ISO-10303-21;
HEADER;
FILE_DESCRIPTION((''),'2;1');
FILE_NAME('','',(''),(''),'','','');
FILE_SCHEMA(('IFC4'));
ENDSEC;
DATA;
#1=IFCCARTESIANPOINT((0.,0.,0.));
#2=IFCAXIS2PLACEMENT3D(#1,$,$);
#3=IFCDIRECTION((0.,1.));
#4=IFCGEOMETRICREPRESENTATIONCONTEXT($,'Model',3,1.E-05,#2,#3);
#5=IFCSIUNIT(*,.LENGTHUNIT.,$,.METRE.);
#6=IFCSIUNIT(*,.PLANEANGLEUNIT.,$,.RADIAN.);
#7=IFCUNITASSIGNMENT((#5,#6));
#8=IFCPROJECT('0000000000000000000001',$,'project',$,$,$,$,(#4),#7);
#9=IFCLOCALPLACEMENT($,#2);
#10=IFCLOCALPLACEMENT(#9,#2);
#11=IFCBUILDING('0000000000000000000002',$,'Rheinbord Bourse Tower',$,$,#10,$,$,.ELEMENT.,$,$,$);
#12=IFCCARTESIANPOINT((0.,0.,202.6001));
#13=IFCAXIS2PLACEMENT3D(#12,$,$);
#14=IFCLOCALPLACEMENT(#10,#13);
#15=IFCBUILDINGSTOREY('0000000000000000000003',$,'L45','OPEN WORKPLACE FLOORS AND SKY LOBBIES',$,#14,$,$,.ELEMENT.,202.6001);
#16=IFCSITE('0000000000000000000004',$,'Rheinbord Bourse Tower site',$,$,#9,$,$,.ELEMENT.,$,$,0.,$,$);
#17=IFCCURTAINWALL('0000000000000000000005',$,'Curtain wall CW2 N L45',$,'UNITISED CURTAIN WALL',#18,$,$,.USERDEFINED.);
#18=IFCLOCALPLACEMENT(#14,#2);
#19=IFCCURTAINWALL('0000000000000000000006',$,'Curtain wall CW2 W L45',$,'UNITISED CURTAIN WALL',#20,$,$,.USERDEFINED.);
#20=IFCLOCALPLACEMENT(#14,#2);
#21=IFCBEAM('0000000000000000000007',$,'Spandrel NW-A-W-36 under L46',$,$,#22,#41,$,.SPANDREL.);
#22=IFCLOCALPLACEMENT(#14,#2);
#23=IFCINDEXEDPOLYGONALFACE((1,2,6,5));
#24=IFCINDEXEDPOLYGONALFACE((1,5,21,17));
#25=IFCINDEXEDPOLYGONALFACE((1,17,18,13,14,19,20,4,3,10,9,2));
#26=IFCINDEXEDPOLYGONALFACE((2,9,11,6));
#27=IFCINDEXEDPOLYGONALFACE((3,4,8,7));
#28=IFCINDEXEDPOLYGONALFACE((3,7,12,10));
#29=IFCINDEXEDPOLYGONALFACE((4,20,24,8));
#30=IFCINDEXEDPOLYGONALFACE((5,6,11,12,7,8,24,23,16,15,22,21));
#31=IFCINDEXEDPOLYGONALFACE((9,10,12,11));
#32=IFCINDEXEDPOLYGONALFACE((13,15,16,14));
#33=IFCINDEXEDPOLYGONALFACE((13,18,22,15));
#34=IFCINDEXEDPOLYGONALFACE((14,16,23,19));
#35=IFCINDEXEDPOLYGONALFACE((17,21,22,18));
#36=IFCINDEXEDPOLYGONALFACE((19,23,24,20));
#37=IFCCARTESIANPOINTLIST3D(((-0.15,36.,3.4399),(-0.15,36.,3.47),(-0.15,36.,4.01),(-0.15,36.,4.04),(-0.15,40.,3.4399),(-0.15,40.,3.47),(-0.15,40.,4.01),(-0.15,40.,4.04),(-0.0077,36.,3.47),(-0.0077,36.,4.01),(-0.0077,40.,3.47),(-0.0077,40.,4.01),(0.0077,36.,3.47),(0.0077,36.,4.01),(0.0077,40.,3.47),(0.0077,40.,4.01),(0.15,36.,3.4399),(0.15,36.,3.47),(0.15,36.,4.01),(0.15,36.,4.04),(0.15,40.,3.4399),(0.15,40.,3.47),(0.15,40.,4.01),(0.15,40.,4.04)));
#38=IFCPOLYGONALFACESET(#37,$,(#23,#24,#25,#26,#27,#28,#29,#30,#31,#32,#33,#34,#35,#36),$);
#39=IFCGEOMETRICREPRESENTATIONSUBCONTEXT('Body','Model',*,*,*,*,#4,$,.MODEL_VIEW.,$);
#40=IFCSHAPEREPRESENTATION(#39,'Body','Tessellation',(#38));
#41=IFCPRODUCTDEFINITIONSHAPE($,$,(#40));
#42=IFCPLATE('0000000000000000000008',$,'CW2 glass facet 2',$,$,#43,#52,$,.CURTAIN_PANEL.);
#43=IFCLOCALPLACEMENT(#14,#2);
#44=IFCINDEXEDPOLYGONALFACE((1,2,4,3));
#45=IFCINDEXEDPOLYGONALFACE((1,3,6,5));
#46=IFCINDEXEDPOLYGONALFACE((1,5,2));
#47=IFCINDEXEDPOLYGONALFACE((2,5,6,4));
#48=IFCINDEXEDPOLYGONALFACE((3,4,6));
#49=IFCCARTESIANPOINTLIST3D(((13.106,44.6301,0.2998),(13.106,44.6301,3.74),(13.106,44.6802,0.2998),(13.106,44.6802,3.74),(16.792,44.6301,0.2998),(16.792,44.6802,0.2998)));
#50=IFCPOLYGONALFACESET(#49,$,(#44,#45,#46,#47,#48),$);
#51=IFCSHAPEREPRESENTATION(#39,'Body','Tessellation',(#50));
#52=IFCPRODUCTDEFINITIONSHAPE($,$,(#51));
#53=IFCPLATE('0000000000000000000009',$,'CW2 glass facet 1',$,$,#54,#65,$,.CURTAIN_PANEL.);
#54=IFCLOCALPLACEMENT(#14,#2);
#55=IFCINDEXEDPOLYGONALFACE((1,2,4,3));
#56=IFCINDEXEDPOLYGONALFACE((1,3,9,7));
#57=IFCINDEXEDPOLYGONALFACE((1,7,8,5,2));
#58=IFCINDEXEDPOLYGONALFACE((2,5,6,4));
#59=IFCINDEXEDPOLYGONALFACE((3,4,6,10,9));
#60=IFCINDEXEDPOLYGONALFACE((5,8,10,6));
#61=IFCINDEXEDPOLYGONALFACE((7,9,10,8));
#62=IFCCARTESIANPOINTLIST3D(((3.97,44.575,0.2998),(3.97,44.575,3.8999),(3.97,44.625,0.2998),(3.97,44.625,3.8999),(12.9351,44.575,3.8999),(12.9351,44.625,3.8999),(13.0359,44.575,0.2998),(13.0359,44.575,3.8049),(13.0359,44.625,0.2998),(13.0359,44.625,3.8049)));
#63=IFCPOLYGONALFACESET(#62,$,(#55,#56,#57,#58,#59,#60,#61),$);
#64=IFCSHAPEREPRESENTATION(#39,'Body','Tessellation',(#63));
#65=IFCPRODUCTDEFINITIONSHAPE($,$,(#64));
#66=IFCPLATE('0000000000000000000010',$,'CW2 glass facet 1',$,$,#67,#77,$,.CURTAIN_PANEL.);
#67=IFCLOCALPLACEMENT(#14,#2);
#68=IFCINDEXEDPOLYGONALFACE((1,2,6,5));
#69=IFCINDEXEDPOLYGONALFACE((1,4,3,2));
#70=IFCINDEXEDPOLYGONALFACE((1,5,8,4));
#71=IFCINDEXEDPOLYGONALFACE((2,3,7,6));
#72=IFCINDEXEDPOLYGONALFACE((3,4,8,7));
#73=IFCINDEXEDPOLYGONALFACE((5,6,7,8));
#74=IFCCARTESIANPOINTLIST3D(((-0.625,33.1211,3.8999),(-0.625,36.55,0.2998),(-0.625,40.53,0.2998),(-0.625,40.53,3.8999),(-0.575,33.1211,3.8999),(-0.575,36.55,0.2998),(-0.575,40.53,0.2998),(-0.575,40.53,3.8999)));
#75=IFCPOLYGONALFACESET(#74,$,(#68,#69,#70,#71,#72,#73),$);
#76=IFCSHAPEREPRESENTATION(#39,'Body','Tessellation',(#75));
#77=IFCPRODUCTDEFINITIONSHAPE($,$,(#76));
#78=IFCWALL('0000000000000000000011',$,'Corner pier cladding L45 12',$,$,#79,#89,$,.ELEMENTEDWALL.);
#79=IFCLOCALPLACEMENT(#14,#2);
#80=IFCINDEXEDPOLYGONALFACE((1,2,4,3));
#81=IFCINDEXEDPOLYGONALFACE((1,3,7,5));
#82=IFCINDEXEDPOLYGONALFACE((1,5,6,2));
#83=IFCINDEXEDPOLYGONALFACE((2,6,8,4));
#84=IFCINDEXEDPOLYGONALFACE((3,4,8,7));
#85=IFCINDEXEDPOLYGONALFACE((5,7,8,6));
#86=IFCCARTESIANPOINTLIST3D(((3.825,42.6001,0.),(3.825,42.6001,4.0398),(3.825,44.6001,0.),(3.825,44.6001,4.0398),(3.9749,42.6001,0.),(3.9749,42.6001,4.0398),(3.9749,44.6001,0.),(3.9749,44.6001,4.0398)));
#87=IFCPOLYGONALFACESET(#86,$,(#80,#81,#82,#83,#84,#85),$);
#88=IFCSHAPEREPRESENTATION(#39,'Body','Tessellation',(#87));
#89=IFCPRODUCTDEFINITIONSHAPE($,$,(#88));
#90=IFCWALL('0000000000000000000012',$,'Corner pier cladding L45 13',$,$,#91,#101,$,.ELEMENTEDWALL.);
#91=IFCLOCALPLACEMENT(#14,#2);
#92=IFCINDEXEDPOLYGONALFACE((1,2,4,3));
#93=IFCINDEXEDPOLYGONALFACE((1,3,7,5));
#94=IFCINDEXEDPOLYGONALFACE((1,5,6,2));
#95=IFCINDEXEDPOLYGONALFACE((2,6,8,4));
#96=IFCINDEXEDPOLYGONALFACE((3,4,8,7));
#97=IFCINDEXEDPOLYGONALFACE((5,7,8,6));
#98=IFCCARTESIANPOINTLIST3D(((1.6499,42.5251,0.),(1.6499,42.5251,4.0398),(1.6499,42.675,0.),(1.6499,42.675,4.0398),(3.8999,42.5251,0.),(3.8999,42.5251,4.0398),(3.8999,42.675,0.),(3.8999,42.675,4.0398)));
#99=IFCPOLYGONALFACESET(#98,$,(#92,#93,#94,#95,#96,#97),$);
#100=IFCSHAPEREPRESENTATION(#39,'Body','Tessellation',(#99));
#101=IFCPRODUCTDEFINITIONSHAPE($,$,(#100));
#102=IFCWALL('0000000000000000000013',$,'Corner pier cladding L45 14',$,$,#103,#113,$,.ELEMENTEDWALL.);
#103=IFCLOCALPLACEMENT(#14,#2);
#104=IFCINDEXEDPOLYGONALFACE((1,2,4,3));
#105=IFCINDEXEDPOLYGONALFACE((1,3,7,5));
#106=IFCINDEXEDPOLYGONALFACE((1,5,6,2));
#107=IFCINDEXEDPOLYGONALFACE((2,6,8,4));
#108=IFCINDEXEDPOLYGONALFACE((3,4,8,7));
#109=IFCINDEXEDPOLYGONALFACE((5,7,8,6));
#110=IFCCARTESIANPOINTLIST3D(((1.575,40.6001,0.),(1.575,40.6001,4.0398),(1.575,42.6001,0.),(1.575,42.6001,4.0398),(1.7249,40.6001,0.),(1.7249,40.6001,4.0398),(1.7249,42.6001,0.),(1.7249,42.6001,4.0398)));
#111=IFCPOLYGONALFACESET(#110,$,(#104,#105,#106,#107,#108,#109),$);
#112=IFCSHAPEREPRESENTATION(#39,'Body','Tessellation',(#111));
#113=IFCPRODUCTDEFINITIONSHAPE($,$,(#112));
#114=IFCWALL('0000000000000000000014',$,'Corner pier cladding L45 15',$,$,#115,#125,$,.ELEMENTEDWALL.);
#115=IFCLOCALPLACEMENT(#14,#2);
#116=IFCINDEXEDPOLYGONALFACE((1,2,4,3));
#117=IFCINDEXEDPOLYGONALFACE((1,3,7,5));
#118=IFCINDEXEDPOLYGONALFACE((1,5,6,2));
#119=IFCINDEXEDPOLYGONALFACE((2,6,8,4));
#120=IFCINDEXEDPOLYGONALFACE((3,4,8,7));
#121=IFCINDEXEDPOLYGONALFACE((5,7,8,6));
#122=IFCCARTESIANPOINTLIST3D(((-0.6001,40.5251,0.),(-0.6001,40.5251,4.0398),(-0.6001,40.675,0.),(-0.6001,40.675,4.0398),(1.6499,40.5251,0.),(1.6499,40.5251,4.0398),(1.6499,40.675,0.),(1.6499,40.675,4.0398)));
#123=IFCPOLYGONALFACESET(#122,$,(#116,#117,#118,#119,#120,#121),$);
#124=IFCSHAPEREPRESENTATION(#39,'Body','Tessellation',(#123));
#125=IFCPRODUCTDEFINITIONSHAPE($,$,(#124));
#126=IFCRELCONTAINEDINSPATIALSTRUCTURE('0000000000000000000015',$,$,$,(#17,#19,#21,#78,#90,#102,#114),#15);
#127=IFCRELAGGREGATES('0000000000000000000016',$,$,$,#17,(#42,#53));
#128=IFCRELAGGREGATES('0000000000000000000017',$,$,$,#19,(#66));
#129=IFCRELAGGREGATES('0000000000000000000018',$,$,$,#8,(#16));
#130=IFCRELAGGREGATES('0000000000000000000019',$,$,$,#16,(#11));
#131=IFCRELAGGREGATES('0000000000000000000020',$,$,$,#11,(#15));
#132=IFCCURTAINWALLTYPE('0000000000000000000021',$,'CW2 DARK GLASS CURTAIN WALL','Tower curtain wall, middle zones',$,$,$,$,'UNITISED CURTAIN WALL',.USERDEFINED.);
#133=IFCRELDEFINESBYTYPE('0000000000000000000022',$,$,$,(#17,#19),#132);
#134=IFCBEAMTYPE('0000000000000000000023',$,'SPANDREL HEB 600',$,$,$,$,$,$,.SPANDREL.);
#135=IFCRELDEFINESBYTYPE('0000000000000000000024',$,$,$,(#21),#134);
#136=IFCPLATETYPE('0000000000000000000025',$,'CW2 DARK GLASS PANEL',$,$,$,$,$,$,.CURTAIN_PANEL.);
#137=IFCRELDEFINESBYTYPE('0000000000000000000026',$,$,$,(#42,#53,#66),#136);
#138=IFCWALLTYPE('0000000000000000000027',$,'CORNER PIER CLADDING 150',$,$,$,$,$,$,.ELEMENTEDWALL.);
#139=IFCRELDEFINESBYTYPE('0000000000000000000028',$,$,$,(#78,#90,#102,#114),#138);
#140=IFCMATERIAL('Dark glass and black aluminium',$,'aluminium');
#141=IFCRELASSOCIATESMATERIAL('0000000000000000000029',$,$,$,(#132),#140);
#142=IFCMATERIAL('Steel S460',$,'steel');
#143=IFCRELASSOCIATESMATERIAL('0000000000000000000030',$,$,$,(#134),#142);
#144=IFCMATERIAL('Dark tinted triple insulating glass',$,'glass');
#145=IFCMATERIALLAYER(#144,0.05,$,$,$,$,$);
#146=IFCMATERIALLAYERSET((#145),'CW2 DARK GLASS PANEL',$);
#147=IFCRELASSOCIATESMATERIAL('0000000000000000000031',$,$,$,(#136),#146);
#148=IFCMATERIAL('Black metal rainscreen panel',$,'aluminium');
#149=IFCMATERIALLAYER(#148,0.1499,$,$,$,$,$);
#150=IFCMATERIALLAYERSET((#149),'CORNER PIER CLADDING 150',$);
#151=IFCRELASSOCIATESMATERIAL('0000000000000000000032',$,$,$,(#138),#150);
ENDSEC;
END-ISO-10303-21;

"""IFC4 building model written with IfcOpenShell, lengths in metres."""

from ifc_helpers import new_model, si_unit, direction, frame, frame_2d, origin, origin_2d, place, context, subcontext, project, spatial, polyline, rectangle, i_section, outline, extrude, material, layer, layer_set, material_profile, profile_set, type_object, element, aggregate, save


model = new_model("IFC4")

# Units and contexts
model_context = context("Model", 3, precision=1e-05, world=origin(), true_north=direction((0.0, 1.0)))
body_context = subcontext(model_context, "Body", "Model", "MODEL_VIEW")
ifc_project = project(units=[si_unit("LENGTHUNIT", "METRE"), si_unit("PLANEANGLEUNIT", "RADIAN")], contexts=[model_context])

# Site, building, storey
site_placement = place(None, origin())
site = spatial("IfcSite", under=ifc_project, at=site_placement, Name="Rheinbord Bourse Tower site", CompositionType="ELEMENT", RefElevation=0.0)
building_placement = place(site_placement, origin())
building = spatial("IfcBuilding", under=site, at=building_placement, Name="Rheinbord Bourse Tower", CompositionType="ELEMENT")
storey_placement = place(building_placement, frame((0.0, 0.0, 202.6001)))
storey = spatial("IfcBuildingStorey", under=building, at=storey_placement, Name="L45", Description="OPEN WORKPLACE FLOORS AND SKY LOBBIES", CompositionType="ELEMENT", Elevation=202.6001)

# Curtain wall
ifc_material_1 = material(Name="Dark glass and black aluminium", Category="aluminium")
curtain_wall_type = type_object("IfcCurtainWallType", Name="CW2 DARK GLASS CURTAIN WALL", Description="Tower curtain wall, middle zones", ElementType="UNITISED CURTAIN WALL", PredefinedType="USERDEFINED", material=ifc_material_1)
curtain_wall_1_placement = place(storey_placement, origin())
curtain_wall_1 = element("IfcCurtainWall", 1, at=curtain_wall_1_placement, inside=storey, type_object=curtain_wall_type, Name="Curtain wall CW2 N L45", ObjectType="UNITISED CURTAIN WALL", PredefinedType="USERDEFINED")

# Curtain wall
curtain_wall_2_placement = place(storey_placement, origin())
curtain_wall_2 = element("IfcCurtainWall", 2, at=curtain_wall_2_placement, inside=storey, type_object=curtain_wall_type, Name="Curtain wall CW2 W L45", ObjectType="UNITISED CURTAIN WALL", PredefinedType="USERDEFINED")

# Beam
ifc_material_2 = material(Name="Steel S460", Category="steel")
ifc_material_profile_1 = material_profile(ifc_material_2, i_section(OverallWidth=0.3, OverallDepth=0.6001, WebThickness=0.0154, FlangeThickness=0.03, at=origin_2d()), Name="HEB 600")
ifc_profile_set_1 = profile_set([ifc_material_profile_1], Name="Steel S460")
beam_type_1 = type_object("IfcBeamType", Name="SPANDREL HEB 600", PredefinedType="SPANDREL", material=ifc_profile_set_1)
beam_1_placement = place(storey_placement, frame((0.0, 40.0, 3.74), z_axis=(0.0, -1.0, 0.0), x_axis=(1.0, 0.0, 0.0)))
element("IfcBeam", 3, at=beam_1_placement, inside=storey, type_object=beam_type_1, Name="Spandrel NW-A-W-36 under L46", PredefinedType="SPANDREL", context=body_context, shape_type="SweptSolid", body=[
    extrude(i_section(OverallWidth=0.3, OverallDepth=0.6001, WebThickness=0.0154, FlangeThickness=0.03, at=origin_2d()), origin(), (0.0, 0.0, 1.0), 4.0),
])

# Plates
ifc_material_3 = material(Name="Dark tinted triple insulating glass", Category="glass")
ifc_layer_1 = layer(ifc_material_3, 0.05)
ifc_layer_set_1 = layer_set([ifc_layer_1], Name="CW2 DARK GLASS PANEL")
plate_type = type_object("IfcPlateType", Name="CW2 DARK GLASS PANEL", PredefinedType="CURTAIN_PANEL", material=ifc_layer_set_1)
plate_1_placement = place(storey_placement, frame((13.106, 44.6802, 0.2998), z_axis=(0.0, -1.0, 0.0), x_axis=(1.0, 0.0, 0.0)))
plate_1 = element("IfcPlate", 4, at=plate_1_placement, type_object=plate_type, Name="CW2 glass facet 2", PredefinedType="CURTAIN_PANEL", context=body_context, shape_type="SweptSolid", body=[
    extrude(outline(polyline([(0.0, 0.0), (3.686, 0.0), (0.0, 3.4402), (0.0, 0.0)])), origin(), (0.0, 0.0, 1.0), 0.05),
])
plate_2_placement = place(storey_placement, frame((3.97, 44.625, 3.8999), z_axis=(0.0, -1.0, 0.0), x_axis=(0.0, 0.0, -1.0)))
plate_2 = element("IfcPlate", 5, at=plate_2_placement, type_object=plate_type, Name="CW2 glass facet 1", PredefinedType="CURTAIN_PANEL", context=body_context, shape_type="SweptSolid", body=[
    extrude(outline(polyline([(0.0, 0.0), (3.6001, 0.0), (3.6001, 9.0659), (0.095, 9.0659), (0.0, 8.9651), (0.0, 0.0)])), origin(), (0.0, 0.0, 1.0), 0.05),
])
aggregate(curtain_wall_1, [plate_1, plate_2])
plate_3_placement = place(storey_placement, frame((-0.625, 40.53, 0.2998), z_axis=(1.0, 0.0, 0.0), x_axis=(0.0, 0.0, 1.0)))
plate_3 = element("IfcPlate", 6, at=plate_3_placement, type_object=plate_type, Name="CW2 glass facet 1", PredefinedType="CURTAIN_PANEL", context=body_context, shape_type="SweptSolid", body=[
    extrude(outline(polyline([(0.0, 0.0), (3.6001, 0.0), (3.6001, 7.4089), (0.0, 3.98), (0.0, 0.0)])), origin(), (0.0, 0.0, 1.0), 0.05),
])
aggregate(curtain_wall_2, [plate_3])

# Walls
ifc_material_4 = material(Name="Black metal rainscreen panel", Category="aluminium")
ifc_layer_2 = layer(ifc_material_4, 0.1499)
ifc_layer_set_2 = layer_set([ifc_layer_2], Name="CORNER PIER CLADDING 150")
wall_type = type_object("IfcWallType", Name="CORNER PIER CLADDING 150", PredefinedType="ELEMENTEDWALL", material=ifc_layer_set_2)
wall_1_placement = place(storey_placement, frame((3.8999, 44.6001, 0.0), z_axis=(0.0, 0.0, 1.0), x_axis=(0.0, -1.0, 0.0)))
element("IfcWall", 7, at=wall_1_placement, inside=storey, type_object=wall_type, Name="Corner pier cladding L45 12", PredefinedType="ELEMENTEDWALL", context=body_context, shape_type="SweptSolid", body=[
    extrude(rectangle(XDim=2.0, YDim=0.1499, at=frame_2d((1.0, 0.0))), origin(), (0.0, 0.0, 1.0), 4.0398),
])
wall_2_placement = place(storey_placement, frame((3.8999, 42.6001, 0.0), z_axis=(0.0, 0.0, 1.0), x_axis=(-1.0, 0.0, 0.0)))
element("IfcWall", 8, at=wall_2_placement, inside=storey, type_object=wall_type, Name="Corner pier cladding L45 13", PredefinedType="ELEMENTEDWALL", context=body_context, shape_type="SweptSolid", body=[
    extrude(rectangle(XDim=2.25, YDim=0.1499, at=frame_2d((1.125, 0.0))), origin(), (0.0, 0.0, 1.0), 4.0398),
])
wall_3_placement = place(storey_placement, frame((1.6499, 42.6001, 0.0), z_axis=(0.0, 0.0, 1.0), x_axis=(0.0, -1.0, 0.0)))
element("IfcWall", 9, at=wall_3_placement, inside=storey, type_object=wall_type, Name="Corner pier cladding L45 14", PredefinedType="ELEMENTEDWALL", context=body_context, shape_type="SweptSolid", body=[
    extrude(rectangle(XDim=2.0, YDim=0.1499, at=frame_2d((1.0, 0.0))), origin(), (0.0, 0.0, 1.0), 4.0398),
])
wall_4_placement = place(storey_placement, frame((1.6499, 40.6001, 0.0), z_axis=(0.0, 0.0, 1.0), x_axis=(-1.0, 0.0, 0.0)))
element("IfcWall", 10, at=wall_4_placement, inside=storey, type_object=wall_type, Name="Corner pier cladding L45 15", PredefinedType="ELEMENTEDWALL", context=body_context, shape_type="SweptSolid", body=[
    extrude(rectangle(XDim=2.25, YDim=0.1499, at=frame_2d((1.125, 0.0))), origin(), (0.0, 0.0, 1.0), 4.0398),
])

save(model, "model.ifc")
